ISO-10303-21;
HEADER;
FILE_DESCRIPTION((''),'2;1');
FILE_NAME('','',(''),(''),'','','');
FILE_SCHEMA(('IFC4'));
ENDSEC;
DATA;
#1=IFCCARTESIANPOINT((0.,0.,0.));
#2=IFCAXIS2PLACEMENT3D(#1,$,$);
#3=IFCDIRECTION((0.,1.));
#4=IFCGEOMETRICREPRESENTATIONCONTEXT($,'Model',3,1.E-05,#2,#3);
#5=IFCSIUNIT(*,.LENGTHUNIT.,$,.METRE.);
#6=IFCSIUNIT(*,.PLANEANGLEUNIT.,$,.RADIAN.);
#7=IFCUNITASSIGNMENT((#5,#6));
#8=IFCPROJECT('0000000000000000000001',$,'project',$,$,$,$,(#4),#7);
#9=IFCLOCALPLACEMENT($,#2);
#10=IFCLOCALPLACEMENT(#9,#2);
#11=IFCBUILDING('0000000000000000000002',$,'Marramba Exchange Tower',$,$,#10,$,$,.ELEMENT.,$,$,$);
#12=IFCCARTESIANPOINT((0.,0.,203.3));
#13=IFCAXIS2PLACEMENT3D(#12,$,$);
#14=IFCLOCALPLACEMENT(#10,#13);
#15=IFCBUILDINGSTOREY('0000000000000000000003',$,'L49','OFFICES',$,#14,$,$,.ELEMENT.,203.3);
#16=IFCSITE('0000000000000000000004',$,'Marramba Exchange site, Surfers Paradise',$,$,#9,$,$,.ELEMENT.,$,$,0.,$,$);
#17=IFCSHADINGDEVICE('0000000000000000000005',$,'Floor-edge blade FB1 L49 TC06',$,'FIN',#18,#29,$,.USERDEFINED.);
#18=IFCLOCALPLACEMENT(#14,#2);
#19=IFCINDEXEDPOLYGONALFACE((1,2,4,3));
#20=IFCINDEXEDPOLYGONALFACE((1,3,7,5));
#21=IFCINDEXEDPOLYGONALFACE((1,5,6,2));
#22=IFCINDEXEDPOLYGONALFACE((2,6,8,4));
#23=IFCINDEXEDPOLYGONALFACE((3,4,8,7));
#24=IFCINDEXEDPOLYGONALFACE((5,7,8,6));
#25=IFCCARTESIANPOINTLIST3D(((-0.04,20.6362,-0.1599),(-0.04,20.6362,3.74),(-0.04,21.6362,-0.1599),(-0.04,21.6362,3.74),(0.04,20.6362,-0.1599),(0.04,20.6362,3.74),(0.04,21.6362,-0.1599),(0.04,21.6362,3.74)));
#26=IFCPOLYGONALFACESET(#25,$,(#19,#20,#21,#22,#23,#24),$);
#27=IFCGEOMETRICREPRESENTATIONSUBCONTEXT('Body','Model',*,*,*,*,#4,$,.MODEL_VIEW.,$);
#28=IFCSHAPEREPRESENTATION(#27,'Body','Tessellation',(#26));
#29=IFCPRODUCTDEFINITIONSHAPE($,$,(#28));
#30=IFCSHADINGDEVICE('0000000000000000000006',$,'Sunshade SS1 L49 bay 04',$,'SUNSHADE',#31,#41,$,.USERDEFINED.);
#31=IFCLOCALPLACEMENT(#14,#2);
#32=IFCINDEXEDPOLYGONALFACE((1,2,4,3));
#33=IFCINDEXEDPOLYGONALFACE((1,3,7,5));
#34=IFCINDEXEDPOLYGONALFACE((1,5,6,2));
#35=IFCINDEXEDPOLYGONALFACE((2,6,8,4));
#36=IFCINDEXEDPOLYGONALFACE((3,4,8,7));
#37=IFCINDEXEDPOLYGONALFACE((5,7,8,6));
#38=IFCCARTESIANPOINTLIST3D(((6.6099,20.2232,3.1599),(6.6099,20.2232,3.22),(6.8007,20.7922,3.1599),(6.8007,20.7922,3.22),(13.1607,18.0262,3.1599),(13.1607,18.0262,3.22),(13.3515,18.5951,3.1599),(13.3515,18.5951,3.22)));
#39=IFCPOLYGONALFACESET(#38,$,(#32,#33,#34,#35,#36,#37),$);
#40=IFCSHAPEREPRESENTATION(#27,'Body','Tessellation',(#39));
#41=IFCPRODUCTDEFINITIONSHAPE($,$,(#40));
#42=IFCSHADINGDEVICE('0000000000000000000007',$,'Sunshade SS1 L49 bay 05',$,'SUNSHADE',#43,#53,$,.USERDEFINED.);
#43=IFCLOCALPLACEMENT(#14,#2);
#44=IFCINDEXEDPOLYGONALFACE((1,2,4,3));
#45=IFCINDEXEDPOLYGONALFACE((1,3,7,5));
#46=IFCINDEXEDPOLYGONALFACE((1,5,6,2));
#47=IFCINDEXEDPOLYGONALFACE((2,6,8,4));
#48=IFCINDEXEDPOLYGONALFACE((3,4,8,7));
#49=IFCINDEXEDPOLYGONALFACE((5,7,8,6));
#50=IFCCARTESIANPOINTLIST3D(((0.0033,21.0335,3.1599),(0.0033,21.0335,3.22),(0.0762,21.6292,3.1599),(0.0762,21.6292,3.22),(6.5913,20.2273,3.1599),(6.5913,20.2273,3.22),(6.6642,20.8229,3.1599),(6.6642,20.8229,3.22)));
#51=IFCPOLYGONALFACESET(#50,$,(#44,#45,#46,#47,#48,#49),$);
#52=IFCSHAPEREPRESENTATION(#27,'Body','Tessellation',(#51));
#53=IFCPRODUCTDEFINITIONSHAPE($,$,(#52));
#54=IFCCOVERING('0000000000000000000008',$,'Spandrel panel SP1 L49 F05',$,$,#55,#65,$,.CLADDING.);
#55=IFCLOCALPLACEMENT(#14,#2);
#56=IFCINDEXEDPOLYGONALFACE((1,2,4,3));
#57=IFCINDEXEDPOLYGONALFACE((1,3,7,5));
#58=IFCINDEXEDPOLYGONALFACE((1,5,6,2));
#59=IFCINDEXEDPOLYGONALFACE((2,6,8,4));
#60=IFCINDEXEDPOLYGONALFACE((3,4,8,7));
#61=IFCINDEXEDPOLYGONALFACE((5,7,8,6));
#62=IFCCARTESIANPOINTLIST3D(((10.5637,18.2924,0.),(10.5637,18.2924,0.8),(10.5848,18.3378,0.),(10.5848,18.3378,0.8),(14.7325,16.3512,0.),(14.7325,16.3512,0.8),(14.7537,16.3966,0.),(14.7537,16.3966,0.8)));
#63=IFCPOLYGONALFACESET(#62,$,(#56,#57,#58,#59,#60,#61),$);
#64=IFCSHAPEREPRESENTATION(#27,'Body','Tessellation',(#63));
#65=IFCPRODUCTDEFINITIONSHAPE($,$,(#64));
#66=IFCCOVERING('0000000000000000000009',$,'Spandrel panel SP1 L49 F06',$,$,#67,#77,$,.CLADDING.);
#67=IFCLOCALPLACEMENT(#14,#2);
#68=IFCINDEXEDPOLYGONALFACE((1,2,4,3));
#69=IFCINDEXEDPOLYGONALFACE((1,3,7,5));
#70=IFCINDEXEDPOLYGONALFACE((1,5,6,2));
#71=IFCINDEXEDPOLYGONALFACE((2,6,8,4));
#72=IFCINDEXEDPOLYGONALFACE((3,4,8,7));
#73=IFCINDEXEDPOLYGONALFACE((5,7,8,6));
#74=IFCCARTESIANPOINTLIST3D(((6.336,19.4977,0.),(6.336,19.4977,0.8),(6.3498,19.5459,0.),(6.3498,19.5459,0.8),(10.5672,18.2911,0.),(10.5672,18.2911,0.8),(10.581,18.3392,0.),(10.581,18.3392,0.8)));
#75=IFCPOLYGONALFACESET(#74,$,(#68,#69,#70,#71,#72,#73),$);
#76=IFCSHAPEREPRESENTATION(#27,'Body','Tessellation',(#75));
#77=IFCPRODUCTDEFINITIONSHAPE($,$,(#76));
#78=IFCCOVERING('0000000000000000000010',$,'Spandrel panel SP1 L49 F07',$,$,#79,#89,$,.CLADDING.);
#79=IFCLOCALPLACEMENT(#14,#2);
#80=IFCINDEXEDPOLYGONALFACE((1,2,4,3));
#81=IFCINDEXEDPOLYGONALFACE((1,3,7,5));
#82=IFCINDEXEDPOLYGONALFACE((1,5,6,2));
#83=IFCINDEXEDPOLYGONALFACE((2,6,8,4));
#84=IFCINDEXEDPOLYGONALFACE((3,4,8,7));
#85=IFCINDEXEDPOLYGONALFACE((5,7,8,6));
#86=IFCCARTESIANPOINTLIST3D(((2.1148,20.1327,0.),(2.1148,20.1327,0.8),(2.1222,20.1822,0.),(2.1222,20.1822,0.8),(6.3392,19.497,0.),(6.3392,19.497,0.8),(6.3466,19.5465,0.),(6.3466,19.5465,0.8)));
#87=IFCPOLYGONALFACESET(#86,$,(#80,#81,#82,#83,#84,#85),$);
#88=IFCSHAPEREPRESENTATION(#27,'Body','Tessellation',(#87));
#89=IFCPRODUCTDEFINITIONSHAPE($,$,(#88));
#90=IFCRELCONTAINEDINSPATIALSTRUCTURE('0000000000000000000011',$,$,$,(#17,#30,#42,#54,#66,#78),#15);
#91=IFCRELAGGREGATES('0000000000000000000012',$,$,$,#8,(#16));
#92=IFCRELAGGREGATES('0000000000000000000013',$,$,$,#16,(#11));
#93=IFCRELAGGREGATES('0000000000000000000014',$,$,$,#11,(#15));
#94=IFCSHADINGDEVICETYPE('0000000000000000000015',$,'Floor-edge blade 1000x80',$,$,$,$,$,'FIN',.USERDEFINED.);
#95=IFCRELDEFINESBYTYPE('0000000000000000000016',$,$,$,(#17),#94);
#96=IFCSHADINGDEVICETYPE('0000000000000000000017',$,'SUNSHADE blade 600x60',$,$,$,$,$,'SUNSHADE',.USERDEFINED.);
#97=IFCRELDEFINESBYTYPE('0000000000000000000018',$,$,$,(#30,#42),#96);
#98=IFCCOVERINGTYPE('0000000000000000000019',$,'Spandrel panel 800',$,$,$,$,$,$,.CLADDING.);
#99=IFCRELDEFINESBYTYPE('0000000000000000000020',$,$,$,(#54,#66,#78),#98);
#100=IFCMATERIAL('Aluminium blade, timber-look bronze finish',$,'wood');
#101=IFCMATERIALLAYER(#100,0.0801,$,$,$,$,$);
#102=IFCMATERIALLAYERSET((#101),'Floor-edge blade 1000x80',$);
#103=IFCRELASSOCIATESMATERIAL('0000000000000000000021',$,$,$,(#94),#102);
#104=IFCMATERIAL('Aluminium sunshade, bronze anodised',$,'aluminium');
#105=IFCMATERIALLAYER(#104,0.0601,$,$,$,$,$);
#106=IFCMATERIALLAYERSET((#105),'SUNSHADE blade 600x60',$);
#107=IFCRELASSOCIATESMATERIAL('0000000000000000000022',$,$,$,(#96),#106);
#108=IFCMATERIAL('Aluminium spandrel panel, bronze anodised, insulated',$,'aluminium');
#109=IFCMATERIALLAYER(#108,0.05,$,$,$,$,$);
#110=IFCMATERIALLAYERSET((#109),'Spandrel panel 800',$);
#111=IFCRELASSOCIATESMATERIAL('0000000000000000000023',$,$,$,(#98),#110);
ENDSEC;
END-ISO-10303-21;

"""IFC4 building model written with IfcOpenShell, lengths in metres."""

from ifc_helpers import new_model, si_unit, direction, frame, origin, origin_2d, place, context, subcontext, project, spatial, rectangle, extrude, material, layer, layer_set, type_object, element, save


model = new_model("IFC4")

# Units and contexts
model_context = context("Model", 3, precision=1e-05, world=origin(), true_north=direction((0.0, 1.0)))
body_context = subcontext(model_context, "Body", "Model", "MODEL_VIEW")
ifc_project = project(units=[si_unit("LENGTHUNIT", "METRE"), si_unit("PLANEANGLEUNIT", "RADIAN")], contexts=[model_context])

# Site, building, storey
site_placement = place(None, origin())
site = spatial("IfcSite", under=ifc_project, at=site_placement, Name="Marramba Exchange site, Surfers Paradise", CompositionType="ELEMENT", RefElevation=0.0)
building_placement = place(site_placement, origin())
building = spatial("IfcBuilding", under=site, at=building_placement, Name="Marramba Exchange Tower", CompositionType="ELEMENT")
storey_placement = place(building_placement, frame((0.0, 0.0, 203.3)))
storey = spatial("IfcBuildingStorey", under=building, at=storey_placement, Name="L49", Description="OFFICES", CompositionType="ELEMENT", Elevation=203.3)

# Shading devices
ifc_material_1 = material(Name="Aluminium blade, timber-look bronze finish", Category="wood")
ifc_layer_1 = layer(ifc_material_1, 0.0801)
ifc_layer_set_1 = layer_set([ifc_layer_1], Name="Floor-edge blade 1000x80")
shading_device_type_1 = type_object("IfcShadingDeviceType", Name="Floor-edge blade 1000x80", ElementType="FIN", PredefinedType="USERDEFINED", material=ifc_layer_set_1)
for number, where, z_axis, x_axis, name in (
    (1, (0.0, 21.1362, -0.1599), (0.0, 0.0, 1.0), (0.0, 1.0, 0.0), "Floor-edge blade FB1 L49 TC06"),
):
    element("IfcShadingDevice", number, at=place(storey_placement, frame(where, z_axis=z_axis, x_axis=x_axis)), inside=storey, type_object=shading_device_type_1, Name=name, ObjectType="FIN", PredefinedType="USERDEFINED", context=body_context, shape_type="SweptSolid", body=[
        extrude(rectangle(XDim=1.0, YDim=0.0801, at=origin_2d()), origin(), (0.0, 0.0, 1.0), 3.8999),
    ])
ifc_material_2 = material(Name="Aluminium sunshade, bronze anodised", Category="aluminium")
ifc_layer_2 = layer(ifc_material_2, 0.0601)
ifc_layer_set_2 = layer_set([ifc_layer_2], Name="SUNSHADE blade 600x60")
shading_device_type_2 = type_object("IfcShadingDeviceType", Name="SUNSHADE blade 600x60", ElementType="SUNSHADE", PredefinedType="USERDEFINED", material=ifc_layer_set_2)
shading_device_1_placement = place(storey_placement, frame((9.9807, 19.4092, 3.1599), z_axis=(0.0, 0.0, 1.0), x_axis=(-0.948096, 0.317983, 0.0)))
element("IfcShadingDevice", 2, at=shading_device_1_placement, inside=storey, type_object=shading_device_type_2, Name="Sunshade SS1 L49 bay 04", ObjectType="SUNSHADE", PredefinedType="USERDEFINED", context=body_context, shape_type="SweptSolid", body=[
    extrude(rectangle(XDim=6.9094, YDim=0.6001, at=origin_2d()), origin(), (0.0, 0.0, 1.0), 0.0601),
])
shading_device_2_placement = place(storey_placement, frame((3.3337, 20.9282, 3.1599), z_axis=(0.0, 0.0, 1.0), x_axis=(-0.992595, 0.121469, 0.0)))
element("IfcShadingDevice", 3, at=shading_device_2_placement, inside=storey, type_object=shading_device_type_2, Name="Sunshade SS1 L49 bay 05", ObjectType="SUNSHADE", PredefinedType="USERDEFINED", context=body_context, shape_type="SweptSolid", body=[
    extrude(rectangle(XDim=6.6372, YDim=0.6001, at=origin_2d()), origin(), (0.0, 0.0, 1.0), 0.0601),
])

# Coverings
ifc_material_3 = material(Name="Aluminium spandrel panel, bronze anodised, insulated", Category="aluminium")
ifc_layer_3 = layer(ifc_material_3, 0.05)
ifc_layer_set_3 = layer_set([ifc_layer_3], Name="Spandrel panel 800")
covering_type = type_object("IfcCoveringType", Name="Spandrel panel 800", PredefinedType="CLADDING", material=ifc_layer_set_3)
covering_1_placement = place(storey_placement, frame((12.6587, 17.3445, 0.0), z_axis=(0.0, 0.0, 1.0), x_axis=(-0.906534, 0.422133, 0.0)))
element("IfcCovering", 4, at=covering_1_placement, inside=storey, type_object=covering_type, Name="Spandrel panel SP1 L49 F05", PredefinedType="CLADDING", context=body_context, shape_type="SweptSolid", body=[
    extrude(rectangle(XDim=4.5986, YDim=0.05, at=origin_2d()), origin(), (0.0, 0.0, 1.0), 0.8),
])
covering_2_placement = place(storey_placement, frame((8.4585, 18.9185, 0.0), z_axis=(0.0, 0.0, 1.0), x_axis=(-0.961659, 0.274248, 0.0)))
element("IfcCovering", 5, at=covering_2_placement, inside=storey, type_object=covering_type, Name="Spandrel panel SP1 L49 F06", PredefinedType="CLADDING", context=body_context, shape_type="SweptSolid", body=[
    extrude(rectangle(XDim=4.3999, YDim=0.05, at=origin_2d()), origin(), (0.0, 0.0, 1.0), 0.8),
])
covering_3_placement = place(storey_placement, frame((4.2307, 19.8396, 0.0), z_axis=(0.0, 0.0, 1.0), x_axis=(-0.988868, 0.148795, 0.0)))
element("IfcCovering", 6, at=covering_3_placement, inside=storey, type_object=covering_type, Name="Spandrel panel SP1 L49 F07", PredefinedType="CLADDING", context=body_context, shape_type="SweptSolid", body=[
    extrude(rectangle(XDim=4.272, YDim=0.05, at=origin_2d()), origin(), (0.0, 0.0, 1.0), 0.8),
])

save(model, "model.ifc")
